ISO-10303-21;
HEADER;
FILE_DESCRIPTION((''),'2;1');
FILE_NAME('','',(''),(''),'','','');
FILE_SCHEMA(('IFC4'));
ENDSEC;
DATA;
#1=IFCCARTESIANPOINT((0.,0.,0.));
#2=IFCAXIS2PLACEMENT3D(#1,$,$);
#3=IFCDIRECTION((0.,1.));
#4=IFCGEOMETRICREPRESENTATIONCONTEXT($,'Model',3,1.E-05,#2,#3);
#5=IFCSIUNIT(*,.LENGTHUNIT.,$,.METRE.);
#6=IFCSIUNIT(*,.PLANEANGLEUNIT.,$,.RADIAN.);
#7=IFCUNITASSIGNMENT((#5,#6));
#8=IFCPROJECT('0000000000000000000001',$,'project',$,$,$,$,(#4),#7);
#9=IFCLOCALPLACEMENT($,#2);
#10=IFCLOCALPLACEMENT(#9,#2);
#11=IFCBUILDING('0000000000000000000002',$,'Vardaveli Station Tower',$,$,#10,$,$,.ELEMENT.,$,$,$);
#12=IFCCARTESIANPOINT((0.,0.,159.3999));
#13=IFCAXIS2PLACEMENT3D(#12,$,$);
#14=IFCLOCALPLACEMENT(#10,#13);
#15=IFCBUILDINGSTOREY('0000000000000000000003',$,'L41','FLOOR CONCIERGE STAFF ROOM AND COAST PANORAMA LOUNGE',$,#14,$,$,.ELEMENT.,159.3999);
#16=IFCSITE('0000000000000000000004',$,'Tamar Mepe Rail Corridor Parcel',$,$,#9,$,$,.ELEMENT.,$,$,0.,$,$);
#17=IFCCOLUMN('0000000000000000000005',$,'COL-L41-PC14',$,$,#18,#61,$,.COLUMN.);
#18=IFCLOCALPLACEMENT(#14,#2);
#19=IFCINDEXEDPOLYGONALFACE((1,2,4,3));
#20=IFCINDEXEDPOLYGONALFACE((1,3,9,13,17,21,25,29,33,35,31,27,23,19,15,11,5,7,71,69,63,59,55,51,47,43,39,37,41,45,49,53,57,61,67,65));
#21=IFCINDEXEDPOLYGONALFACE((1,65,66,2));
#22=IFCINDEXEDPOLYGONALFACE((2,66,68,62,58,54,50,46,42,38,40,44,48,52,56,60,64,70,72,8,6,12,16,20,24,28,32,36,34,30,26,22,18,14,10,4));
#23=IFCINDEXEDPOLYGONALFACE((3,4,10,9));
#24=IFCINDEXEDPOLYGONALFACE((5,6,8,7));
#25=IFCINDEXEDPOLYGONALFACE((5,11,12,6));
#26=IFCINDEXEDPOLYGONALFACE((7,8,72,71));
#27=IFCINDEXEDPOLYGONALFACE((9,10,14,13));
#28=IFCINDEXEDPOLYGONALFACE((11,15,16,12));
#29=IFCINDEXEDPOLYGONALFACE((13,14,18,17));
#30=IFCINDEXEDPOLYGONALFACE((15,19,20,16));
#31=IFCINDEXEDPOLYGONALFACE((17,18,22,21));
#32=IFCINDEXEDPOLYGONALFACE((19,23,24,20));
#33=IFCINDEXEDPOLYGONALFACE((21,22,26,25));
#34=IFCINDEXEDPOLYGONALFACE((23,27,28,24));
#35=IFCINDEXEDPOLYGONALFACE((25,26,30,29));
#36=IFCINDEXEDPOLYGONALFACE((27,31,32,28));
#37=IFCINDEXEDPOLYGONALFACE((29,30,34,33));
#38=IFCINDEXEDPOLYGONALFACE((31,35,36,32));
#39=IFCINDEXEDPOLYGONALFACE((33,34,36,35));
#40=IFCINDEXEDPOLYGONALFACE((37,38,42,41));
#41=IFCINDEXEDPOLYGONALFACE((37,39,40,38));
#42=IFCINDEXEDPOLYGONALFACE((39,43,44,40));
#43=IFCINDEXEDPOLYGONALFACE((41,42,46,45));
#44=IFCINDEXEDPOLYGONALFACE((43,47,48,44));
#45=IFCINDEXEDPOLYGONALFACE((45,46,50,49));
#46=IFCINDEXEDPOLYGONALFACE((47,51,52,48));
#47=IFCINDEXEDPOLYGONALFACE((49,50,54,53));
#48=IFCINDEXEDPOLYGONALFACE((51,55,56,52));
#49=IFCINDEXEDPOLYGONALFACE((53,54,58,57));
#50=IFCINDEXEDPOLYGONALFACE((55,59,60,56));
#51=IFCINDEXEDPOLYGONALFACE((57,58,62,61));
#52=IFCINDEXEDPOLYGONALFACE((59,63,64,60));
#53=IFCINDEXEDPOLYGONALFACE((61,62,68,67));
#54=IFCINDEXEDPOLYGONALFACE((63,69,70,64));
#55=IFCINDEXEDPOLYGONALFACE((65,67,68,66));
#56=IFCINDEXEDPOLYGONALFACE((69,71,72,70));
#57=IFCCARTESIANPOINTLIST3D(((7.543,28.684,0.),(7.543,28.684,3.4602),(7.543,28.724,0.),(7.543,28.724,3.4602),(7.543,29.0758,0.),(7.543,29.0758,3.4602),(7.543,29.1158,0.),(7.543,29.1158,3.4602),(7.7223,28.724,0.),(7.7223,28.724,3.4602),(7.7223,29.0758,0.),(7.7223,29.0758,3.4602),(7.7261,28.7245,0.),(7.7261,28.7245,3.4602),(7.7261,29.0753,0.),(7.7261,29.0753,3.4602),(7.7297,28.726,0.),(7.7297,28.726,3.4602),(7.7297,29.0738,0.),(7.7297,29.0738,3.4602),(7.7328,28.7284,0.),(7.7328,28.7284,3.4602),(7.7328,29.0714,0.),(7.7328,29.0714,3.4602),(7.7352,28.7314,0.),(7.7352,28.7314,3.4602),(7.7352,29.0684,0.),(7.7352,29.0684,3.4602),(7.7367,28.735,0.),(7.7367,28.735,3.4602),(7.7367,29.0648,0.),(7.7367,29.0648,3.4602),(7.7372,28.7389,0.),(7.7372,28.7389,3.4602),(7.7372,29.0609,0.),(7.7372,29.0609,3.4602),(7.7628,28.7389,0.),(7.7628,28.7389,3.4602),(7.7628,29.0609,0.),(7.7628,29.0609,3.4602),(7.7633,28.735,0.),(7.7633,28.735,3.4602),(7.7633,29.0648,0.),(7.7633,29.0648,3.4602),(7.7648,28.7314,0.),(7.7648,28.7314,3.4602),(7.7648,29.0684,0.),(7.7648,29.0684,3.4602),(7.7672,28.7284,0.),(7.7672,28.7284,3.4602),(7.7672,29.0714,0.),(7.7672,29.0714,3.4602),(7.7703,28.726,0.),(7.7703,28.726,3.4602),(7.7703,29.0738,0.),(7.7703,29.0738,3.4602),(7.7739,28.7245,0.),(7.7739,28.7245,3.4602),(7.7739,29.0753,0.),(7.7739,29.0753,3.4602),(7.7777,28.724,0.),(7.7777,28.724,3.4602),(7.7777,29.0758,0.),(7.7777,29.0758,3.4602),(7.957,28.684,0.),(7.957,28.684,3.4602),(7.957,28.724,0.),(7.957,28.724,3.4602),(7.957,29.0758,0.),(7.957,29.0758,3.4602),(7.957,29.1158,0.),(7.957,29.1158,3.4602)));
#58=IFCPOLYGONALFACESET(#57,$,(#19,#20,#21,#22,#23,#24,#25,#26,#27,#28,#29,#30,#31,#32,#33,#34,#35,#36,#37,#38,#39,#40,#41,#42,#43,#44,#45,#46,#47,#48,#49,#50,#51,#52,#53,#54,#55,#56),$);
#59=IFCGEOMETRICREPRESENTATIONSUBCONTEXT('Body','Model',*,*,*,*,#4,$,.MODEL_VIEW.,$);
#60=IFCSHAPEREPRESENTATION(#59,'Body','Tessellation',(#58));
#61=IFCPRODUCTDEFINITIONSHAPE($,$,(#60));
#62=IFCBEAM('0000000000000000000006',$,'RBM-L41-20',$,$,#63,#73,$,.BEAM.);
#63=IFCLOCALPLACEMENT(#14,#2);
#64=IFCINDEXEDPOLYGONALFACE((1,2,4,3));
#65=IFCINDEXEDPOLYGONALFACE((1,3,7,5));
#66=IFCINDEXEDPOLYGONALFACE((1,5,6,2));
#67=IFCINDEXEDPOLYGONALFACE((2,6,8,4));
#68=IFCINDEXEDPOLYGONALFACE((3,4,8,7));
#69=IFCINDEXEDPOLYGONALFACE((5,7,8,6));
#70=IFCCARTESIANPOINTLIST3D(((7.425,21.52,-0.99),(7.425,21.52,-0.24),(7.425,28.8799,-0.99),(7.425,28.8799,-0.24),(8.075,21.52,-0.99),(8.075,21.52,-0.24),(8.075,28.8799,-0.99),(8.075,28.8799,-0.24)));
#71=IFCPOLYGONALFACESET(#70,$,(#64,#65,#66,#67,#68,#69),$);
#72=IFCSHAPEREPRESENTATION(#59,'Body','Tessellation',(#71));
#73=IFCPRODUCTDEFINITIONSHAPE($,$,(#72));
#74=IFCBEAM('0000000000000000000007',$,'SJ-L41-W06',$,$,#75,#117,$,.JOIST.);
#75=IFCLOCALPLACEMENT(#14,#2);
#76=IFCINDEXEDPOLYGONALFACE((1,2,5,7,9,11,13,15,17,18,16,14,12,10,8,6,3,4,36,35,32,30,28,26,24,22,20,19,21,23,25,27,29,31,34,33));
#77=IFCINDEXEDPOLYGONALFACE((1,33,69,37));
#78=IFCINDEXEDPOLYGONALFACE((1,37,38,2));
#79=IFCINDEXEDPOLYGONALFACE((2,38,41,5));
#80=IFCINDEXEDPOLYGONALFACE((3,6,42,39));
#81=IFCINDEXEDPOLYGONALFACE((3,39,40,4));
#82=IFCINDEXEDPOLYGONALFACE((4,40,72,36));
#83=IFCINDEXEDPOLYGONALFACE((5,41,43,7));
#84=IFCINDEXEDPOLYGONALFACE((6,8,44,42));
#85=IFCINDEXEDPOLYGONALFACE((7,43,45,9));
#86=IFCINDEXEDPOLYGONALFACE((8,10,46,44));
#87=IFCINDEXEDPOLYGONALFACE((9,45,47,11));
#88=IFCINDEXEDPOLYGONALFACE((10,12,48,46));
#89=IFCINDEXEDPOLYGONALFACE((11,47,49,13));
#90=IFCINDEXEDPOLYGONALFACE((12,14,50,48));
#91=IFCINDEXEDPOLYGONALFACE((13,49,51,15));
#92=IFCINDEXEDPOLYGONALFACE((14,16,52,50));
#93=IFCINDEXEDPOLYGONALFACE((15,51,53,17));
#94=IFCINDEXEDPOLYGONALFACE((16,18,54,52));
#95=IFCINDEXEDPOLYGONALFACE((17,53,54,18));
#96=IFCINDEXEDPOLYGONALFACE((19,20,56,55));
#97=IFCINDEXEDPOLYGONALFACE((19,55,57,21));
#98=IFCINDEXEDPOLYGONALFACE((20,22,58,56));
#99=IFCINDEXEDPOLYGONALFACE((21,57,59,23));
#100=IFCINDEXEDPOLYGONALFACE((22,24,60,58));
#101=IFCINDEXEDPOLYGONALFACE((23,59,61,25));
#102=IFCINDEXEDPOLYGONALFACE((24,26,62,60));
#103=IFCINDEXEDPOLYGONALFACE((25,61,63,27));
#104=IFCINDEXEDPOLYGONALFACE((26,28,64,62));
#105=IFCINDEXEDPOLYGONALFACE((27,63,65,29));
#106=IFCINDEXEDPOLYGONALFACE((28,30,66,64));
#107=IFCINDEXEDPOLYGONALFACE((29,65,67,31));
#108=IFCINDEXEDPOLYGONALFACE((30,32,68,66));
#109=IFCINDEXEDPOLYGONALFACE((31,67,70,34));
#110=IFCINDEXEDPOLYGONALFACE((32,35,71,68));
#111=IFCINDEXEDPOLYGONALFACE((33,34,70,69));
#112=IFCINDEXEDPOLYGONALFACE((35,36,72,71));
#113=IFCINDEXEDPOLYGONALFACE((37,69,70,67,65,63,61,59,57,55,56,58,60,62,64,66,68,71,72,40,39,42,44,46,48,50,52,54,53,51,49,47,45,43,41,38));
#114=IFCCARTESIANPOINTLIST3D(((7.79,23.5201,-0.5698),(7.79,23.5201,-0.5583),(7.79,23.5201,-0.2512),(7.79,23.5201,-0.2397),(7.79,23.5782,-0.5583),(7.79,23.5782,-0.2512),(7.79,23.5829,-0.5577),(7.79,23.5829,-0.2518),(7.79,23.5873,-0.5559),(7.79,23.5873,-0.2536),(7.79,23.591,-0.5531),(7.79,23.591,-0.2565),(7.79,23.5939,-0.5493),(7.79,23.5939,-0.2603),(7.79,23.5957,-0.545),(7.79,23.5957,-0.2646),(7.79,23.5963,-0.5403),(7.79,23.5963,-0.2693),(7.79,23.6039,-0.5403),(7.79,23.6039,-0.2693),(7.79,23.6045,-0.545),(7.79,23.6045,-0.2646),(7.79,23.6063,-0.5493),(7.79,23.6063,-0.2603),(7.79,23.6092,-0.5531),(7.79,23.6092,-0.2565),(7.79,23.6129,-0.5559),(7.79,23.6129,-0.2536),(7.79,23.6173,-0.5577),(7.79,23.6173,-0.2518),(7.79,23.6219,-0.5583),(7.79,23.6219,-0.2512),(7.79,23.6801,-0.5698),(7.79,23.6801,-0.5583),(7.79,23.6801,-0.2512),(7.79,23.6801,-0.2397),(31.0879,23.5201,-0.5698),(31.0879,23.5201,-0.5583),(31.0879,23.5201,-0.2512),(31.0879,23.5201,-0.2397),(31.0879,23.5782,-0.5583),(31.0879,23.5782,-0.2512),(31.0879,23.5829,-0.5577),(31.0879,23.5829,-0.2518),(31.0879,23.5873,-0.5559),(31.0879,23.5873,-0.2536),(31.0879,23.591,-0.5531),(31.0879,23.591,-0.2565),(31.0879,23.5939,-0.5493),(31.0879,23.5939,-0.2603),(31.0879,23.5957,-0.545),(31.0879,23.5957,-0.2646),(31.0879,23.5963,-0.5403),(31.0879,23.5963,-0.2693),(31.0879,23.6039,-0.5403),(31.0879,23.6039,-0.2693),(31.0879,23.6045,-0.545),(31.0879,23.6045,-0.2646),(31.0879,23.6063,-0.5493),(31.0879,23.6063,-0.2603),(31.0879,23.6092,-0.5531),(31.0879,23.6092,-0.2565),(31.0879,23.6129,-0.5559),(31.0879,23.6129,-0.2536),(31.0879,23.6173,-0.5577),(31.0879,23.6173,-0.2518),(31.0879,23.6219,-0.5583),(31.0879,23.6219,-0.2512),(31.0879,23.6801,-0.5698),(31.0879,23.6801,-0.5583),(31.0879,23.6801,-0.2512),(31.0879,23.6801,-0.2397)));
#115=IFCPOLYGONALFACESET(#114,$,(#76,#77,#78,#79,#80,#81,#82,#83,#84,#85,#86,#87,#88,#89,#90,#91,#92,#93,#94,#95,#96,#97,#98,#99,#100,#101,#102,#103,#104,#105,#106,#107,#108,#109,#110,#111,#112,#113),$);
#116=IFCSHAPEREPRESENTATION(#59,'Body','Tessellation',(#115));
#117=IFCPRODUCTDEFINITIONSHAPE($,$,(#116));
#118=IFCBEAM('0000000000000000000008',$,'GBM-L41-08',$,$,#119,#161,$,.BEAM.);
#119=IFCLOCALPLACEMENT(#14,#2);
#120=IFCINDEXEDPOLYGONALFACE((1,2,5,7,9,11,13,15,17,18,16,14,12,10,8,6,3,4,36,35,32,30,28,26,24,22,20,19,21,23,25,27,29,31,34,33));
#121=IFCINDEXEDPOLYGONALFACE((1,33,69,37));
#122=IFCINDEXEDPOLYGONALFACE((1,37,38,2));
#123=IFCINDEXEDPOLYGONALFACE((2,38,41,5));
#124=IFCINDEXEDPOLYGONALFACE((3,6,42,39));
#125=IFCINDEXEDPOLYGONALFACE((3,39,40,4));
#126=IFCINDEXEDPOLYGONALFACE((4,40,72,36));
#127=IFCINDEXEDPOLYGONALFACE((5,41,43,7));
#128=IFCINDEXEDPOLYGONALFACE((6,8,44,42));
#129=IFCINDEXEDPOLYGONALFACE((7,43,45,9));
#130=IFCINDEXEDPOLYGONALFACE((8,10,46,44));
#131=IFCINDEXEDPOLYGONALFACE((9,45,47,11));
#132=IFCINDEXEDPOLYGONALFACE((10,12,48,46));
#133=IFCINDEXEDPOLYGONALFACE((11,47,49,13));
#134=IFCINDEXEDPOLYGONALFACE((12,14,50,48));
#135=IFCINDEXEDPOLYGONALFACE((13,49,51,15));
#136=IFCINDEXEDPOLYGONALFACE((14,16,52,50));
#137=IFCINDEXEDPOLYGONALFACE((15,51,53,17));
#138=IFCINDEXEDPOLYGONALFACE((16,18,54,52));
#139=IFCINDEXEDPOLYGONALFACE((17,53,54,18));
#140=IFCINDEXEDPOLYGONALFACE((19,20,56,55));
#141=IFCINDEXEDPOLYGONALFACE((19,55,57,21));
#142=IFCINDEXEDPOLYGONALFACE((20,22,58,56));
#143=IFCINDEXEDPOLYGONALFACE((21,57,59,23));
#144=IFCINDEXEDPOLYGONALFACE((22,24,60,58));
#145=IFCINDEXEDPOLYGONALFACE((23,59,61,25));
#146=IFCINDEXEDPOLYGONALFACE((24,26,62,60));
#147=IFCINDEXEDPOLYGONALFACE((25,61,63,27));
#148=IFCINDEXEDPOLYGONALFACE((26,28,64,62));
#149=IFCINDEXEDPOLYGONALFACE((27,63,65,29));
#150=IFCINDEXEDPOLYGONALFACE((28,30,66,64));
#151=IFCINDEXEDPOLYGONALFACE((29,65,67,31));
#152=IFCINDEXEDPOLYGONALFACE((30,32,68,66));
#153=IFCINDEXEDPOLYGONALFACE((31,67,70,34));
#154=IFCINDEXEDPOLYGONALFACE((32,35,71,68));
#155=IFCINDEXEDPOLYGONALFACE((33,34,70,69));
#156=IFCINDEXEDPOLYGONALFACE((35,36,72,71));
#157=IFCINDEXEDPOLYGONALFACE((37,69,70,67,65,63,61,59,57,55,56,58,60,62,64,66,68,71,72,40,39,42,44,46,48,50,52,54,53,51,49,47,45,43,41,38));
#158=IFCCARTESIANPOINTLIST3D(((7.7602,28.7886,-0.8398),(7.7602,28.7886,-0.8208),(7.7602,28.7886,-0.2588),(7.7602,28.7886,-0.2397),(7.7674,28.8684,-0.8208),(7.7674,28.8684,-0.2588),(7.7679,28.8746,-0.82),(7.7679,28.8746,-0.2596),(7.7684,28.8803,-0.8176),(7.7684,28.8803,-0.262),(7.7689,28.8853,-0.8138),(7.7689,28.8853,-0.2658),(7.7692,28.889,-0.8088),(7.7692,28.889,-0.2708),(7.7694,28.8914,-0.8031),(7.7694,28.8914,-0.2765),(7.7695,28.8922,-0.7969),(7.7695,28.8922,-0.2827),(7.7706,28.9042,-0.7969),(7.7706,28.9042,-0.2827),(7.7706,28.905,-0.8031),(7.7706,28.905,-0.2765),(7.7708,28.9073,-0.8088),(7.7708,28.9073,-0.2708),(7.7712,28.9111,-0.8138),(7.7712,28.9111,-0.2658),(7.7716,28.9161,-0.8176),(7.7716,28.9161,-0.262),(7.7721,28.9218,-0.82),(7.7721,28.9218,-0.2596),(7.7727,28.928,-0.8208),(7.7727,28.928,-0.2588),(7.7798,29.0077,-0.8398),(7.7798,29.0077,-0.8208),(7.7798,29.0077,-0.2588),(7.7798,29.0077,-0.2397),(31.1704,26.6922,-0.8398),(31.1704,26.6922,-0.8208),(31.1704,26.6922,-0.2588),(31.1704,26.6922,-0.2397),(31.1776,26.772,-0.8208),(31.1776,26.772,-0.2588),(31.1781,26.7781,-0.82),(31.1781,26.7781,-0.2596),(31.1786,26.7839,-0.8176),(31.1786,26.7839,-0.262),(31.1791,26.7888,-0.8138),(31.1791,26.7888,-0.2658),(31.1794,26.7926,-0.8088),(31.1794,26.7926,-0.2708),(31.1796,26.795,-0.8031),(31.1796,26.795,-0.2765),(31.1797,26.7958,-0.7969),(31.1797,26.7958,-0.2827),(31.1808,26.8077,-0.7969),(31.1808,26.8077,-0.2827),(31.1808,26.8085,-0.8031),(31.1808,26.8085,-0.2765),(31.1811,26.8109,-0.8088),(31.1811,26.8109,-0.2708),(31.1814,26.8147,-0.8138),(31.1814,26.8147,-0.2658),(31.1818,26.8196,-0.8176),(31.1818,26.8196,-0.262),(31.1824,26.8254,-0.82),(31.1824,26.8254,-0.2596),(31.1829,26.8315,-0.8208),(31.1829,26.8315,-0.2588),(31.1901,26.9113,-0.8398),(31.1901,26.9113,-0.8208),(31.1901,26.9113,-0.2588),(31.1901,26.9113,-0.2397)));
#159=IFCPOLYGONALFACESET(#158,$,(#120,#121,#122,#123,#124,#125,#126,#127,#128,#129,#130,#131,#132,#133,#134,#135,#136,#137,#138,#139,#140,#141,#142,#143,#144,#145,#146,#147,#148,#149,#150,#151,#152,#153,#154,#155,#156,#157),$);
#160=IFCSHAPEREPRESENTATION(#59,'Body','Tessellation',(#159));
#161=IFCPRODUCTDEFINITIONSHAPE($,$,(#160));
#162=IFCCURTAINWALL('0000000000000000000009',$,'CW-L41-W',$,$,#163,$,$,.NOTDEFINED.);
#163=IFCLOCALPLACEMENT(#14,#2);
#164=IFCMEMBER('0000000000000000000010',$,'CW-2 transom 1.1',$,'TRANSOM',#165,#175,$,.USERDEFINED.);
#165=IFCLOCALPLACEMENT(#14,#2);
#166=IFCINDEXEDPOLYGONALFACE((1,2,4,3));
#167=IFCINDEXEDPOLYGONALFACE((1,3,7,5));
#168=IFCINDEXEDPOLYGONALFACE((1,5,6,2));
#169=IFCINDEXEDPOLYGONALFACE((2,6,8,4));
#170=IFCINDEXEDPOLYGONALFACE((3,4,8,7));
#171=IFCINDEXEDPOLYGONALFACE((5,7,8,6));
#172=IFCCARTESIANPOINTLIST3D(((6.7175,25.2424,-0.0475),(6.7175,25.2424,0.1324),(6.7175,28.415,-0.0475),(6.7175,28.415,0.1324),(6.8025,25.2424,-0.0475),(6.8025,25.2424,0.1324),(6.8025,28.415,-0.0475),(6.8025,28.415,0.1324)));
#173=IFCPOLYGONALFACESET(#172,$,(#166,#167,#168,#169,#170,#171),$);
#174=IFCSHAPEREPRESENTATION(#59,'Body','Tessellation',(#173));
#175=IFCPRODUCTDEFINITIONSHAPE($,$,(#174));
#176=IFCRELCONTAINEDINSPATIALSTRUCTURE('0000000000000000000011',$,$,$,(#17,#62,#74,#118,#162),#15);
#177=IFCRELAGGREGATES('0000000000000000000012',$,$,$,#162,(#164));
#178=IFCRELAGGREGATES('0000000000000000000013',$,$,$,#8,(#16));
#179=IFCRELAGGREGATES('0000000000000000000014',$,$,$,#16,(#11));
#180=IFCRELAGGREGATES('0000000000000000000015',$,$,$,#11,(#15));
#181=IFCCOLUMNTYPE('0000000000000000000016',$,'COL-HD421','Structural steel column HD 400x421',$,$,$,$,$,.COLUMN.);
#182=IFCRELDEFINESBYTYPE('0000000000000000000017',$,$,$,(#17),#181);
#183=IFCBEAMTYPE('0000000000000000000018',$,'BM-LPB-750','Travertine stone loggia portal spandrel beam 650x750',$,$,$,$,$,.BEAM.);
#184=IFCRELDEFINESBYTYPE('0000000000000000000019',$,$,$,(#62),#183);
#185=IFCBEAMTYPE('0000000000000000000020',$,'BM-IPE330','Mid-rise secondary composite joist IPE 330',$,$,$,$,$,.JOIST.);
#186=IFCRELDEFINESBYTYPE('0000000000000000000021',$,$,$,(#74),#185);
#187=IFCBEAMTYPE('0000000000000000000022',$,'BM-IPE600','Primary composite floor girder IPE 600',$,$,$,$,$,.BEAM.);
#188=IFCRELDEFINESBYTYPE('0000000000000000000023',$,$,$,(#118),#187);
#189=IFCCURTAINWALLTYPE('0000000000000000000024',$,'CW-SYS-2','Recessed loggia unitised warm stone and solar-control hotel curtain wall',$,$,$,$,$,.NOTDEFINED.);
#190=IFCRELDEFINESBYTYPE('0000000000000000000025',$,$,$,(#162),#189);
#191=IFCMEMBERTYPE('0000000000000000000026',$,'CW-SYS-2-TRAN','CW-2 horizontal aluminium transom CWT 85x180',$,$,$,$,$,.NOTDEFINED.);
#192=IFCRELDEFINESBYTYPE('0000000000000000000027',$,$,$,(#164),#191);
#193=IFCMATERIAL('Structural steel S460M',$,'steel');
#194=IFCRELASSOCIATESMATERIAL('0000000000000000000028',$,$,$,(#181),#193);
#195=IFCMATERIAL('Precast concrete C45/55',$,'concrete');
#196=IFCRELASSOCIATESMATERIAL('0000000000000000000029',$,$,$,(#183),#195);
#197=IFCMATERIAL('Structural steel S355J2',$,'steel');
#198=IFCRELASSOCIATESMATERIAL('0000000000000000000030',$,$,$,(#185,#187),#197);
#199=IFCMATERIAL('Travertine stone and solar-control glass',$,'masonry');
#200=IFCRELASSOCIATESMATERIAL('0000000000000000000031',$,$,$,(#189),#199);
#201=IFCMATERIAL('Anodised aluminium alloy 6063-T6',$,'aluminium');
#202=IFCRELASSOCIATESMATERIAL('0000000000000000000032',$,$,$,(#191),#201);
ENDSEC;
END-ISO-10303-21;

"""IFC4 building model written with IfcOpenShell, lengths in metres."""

from ifc_helpers import new_model, si_unit, direction, frame, origin, origin_2d, place, context, subcontext, project, spatial, rectangle, i_section, extrude, source, transform, mapped, material, material_profile, profile_set, type_object, element, aggregate, save


model = new_model("IFC4")

# Units and contexts
model_context = context("Model", 3, precision=1e-05, world=origin(), true_north=direction((0.0, 1.0)))
body_context = subcontext(model_context, "Body", "Model", "MODEL_VIEW")
ifc_project = project(units=[si_unit("LENGTHUNIT", "METRE"), si_unit("PLANEANGLEUNIT", "RADIAN")], contexts=[model_context])

# Site, building, storey
site_placement = place(None, origin())
site = spatial("IfcSite", under=ifc_project, at=site_placement, Name="Tamar Mepe Rail Corridor Parcel", CompositionType="ELEMENT", RefElevation=0.0)
building_placement = place(site_placement, origin())
building = spatial("IfcBuilding", under=site, at=building_placement, Name="Vardaveli Station Tower", CompositionType="ELEMENT")
storey_placement = place(building_placement, frame((0.0, 0.0, 159.3999)))
storey = spatial("IfcBuildingStorey", under=building, at=storey_placement, Name="L41", Description="FLOOR CONCIERGE STAFF ROOM AND COAST PANORAMA LOUNGE", CompositionType="ELEMENT", Elevation=159.3999)

# Column
ifc_material_1 = material(Name="Structural steel S460M", Category="steel")
ifc_material_profile_1 = material_profile(ifc_material_1, i_section(OverallWidth=0.4141, OverallDepth=0.4319, WebThickness=0.0256, FlangeThickness=0.04, FilletRadius=0.0149, at=origin_2d()), Name="HD 400x421")
ifc_profile_set_1 = profile_set([ifc_material_profile_1], Name="Structural steel S460M")
column_type = type_object("IfcColumnType", Name="COL-HD421", Description="Structural steel column HD 400x421", PredefinedType="COLUMN", material=ifc_profile_set_1)
shared_shape_1 = source(origin(), body_context, "Body", "SweptSolid", [
    extrude(i_section(OverallWidth=0.4141, OverallDepth=0.4319, WebThickness=0.0256, FlangeThickness=0.04, FilletRadius=0.0149, at=origin_2d()), origin(), (0.0, 0.0, 1.0), 3.4602),
])
column_placement = place(storey_placement, frame((7.75, 28.8999, 0.0), z_axis=(0.0, 0.0, 1.0), x_axis=(1.0, 0.0, 0.0)))
element("IfcColumn", 1, at=column_placement, inside=storey, type_object=column_type, Name="COL-L41-PC14", PredefinedType="COLUMN", context=body_context, shape_type="MappedRepresentation", body=[
    mapped(shared_shape_1, transform((0.0, 0.0, 0.0), scale=1.0)),
])

# Beams
ifc_material_2 = material(Name="Precast concrete C45/55", Category="concrete")
ifc_material_profile_2 = material_profile(ifc_material_2, rectangle(XDim=0.6499, YDim=0.75, at=origin_2d()), Name="LPB 650x750")
ifc_profile_set_2 = profile_set([ifc_material_profile_2], Name="Precast concrete C45/55")
beam_type_1 = type_object("IfcBeamType", Name="BM-LPB-750", Description="Travertine stone loggia portal spandrel beam 650x750", PredefinedType="BEAM", material=ifc_profile_set_2)
shared_shape_2 = source(origin(), body_context, "Body", "SweptSolid", [
    extrude(rectangle(XDim=0.6499, YDim=0.75, at=origin_2d()), origin(), (0.0, 0.0, 1.0), 7.3599),
])
beam_1_placement = place(storey_placement, frame((7.75, 28.8799, -0.615), z_axis=(0.0, -1.0, 0.0), x_axis=(1.0, 0.0, 0.0)))
element("IfcBeam", 2, at=beam_1_placement, inside=storey, type_object=beam_type_1, Name="RBM-L41-20", PredefinedType="BEAM", context=body_context, shape_type="MappedRepresentation", body=[
    mapped(shared_shape_2, transform((0.0, 0.0, 0.0), scale=1.0)),
])
ifc_material_3 = material(Name="Structural steel S355J2", Category="steel")
ifc_material_profile_3 = material_profile(ifc_material_3, i_section(OverallWidth=0.1599, OverallDepth=0.3301, WebThickness=0.0076, FlangeThickness=0.0115, FilletRadius=0.0181, at=origin_2d()), Name="IPE 330")
ifc_profile_set_3 = profile_set([ifc_material_profile_3], Name="Structural steel S355J2")
beam_type_2 = type_object("IfcBeamType", Name="BM-IPE330", Description="Mid-rise secondary composite joist IPE 330", PredefinedType="JOIST", material=ifc_profile_set_3)
shared_shape_3 = source(origin(), body_context, "Body", "SweptSolid", [
    extrude(i_section(OverallWidth=0.1599, OverallDepth=0.3301, WebThickness=0.0076, FlangeThickness=0.0115, FilletRadius=0.0181, at=origin_2d()), origin(), (0.0, 0.0, 1.0), 23.2979),
])
beam_2_placement = place(storey_placement, frame((7.79, 23.6001, -0.4048), z_axis=(1.0, 0.0, 0.0), x_axis=(0.0, 1.0, 0.0)))
element("IfcBeam", 3, at=beam_2_placement, inside=storey, type_object=beam_type_2, Name="SJ-L41-W06", PredefinedType="JOIST", context=body_context, shape_type="MappedRepresentation", body=[
    mapped(shared_shape_3, transform((0.0, 0.0, 0.0), scale=1.0)),
])
ifc_material_profile_4 = material_profile(ifc_material_3, i_section(OverallWidth=0.22, OverallDepth=0.6001, WebThickness=0.012, FlangeThickness=0.019, FilletRadius=0.0239, at=origin_2d()), Name="IPE 600")
ifc_profile_set_4 = profile_set([ifc_material_profile_4], Name="Structural steel S355J2")
beam_type_3 = type_object("IfcBeamType", Name="BM-IPE600", Description="Primary composite floor girder IPE 600", PredefinedType="BEAM", material=ifc_profile_set_4)
shared_shape_4 = source(origin(), body_context, "Body", "SweptSolid", [
    extrude(i_section(OverallWidth=0.22, OverallDepth=0.6001, WebThickness=0.012, FlangeThickness=0.019, FilletRadius=0.0239, at=origin_2d()), origin(), (0.0, 0.0, 1.0), 23.5039),
])
beam_3_placement = place(storey_placement, frame((7.77, 28.8982, -0.5398), z_axis=(0.996014, -0.089195, 0.0), x_axis=(0.089195, 0.996014, 0.0)))
element("IfcBeam", 4, at=beam_3_placement, inside=storey, type_object=beam_type_3, Name="GBM-L41-08", PredefinedType="BEAM", context=body_context, shape_type="MappedRepresentation", body=[
    mapped(shared_shape_4, transform((0.0, 0.0, 0.0), scale=1.0)),
])

# Curtain wall, member
ifc_material_4 = material(Name="Travertine stone and solar-control glass", Category="masonry")
curtain_wall_type = type_object("IfcCurtainWallType", Name="CW-SYS-2", Description="Recessed loggia unitised warm stone and solar-control hotel curtain wall", PredefinedType="NOTDEFINED", material=ifc_material_4)
curtain_wall_placement = place(storey_placement, origin())
curtain_wall = element("IfcCurtainWall", 5, at=curtain_wall_placement, inside=storey, type_object=curtain_wall_type, Name="CW-L41-W", PredefinedType="NOTDEFINED")
ifc_material_5 = material(Name="Anodised aluminium alloy 6063-T6", Category="aluminium")
ifc_material_profile_5 = material_profile(ifc_material_5, rectangle(XDim=0.085, YDim=0.1799, at=origin_2d()), Name="CWT 85x180")
ifc_profile_set_5 = profile_set([ifc_material_profile_5], Name="Anodised aluminium alloy 6063-T6")
member_type_1 = type_object("IfcMemberType", Name="CW-SYS-2-TRAN", Description="CW-2 horizontal aluminium transom CWT 85x180", PredefinedType="NOTDEFINED", material=ifc_profile_set_5)
shared_shape_5 = source(origin(), body_context, "Body", "SweptSolid", [
    extrude(rectangle(XDim=0.085, YDim=0.1799, at=origin_2d()), origin(), (0.0, 0.0, 1.0), 3.1726),
])
member_1_placement = place(storey_placement, frame((6.76, 28.415, 0.0425), z_axis=(0.0, -1.0, 0.0), x_axis=(1.0, 0.0, 0.0)))
member_1 = element("IfcMember", 6, at=member_1_placement, type_object=member_type_1, Name="CW-2 transom 1.1", ObjectType="TRANSOM", PredefinedType="USERDEFINED", context=body_context, shape_type="MappedRepresentation", body=[
    mapped(shared_shape_5, transform((0.0, 0.0, 0.0), scale=1.0)),
])
aggregate(curtain_wall, [member_1])

save(model, "model.ifc")
